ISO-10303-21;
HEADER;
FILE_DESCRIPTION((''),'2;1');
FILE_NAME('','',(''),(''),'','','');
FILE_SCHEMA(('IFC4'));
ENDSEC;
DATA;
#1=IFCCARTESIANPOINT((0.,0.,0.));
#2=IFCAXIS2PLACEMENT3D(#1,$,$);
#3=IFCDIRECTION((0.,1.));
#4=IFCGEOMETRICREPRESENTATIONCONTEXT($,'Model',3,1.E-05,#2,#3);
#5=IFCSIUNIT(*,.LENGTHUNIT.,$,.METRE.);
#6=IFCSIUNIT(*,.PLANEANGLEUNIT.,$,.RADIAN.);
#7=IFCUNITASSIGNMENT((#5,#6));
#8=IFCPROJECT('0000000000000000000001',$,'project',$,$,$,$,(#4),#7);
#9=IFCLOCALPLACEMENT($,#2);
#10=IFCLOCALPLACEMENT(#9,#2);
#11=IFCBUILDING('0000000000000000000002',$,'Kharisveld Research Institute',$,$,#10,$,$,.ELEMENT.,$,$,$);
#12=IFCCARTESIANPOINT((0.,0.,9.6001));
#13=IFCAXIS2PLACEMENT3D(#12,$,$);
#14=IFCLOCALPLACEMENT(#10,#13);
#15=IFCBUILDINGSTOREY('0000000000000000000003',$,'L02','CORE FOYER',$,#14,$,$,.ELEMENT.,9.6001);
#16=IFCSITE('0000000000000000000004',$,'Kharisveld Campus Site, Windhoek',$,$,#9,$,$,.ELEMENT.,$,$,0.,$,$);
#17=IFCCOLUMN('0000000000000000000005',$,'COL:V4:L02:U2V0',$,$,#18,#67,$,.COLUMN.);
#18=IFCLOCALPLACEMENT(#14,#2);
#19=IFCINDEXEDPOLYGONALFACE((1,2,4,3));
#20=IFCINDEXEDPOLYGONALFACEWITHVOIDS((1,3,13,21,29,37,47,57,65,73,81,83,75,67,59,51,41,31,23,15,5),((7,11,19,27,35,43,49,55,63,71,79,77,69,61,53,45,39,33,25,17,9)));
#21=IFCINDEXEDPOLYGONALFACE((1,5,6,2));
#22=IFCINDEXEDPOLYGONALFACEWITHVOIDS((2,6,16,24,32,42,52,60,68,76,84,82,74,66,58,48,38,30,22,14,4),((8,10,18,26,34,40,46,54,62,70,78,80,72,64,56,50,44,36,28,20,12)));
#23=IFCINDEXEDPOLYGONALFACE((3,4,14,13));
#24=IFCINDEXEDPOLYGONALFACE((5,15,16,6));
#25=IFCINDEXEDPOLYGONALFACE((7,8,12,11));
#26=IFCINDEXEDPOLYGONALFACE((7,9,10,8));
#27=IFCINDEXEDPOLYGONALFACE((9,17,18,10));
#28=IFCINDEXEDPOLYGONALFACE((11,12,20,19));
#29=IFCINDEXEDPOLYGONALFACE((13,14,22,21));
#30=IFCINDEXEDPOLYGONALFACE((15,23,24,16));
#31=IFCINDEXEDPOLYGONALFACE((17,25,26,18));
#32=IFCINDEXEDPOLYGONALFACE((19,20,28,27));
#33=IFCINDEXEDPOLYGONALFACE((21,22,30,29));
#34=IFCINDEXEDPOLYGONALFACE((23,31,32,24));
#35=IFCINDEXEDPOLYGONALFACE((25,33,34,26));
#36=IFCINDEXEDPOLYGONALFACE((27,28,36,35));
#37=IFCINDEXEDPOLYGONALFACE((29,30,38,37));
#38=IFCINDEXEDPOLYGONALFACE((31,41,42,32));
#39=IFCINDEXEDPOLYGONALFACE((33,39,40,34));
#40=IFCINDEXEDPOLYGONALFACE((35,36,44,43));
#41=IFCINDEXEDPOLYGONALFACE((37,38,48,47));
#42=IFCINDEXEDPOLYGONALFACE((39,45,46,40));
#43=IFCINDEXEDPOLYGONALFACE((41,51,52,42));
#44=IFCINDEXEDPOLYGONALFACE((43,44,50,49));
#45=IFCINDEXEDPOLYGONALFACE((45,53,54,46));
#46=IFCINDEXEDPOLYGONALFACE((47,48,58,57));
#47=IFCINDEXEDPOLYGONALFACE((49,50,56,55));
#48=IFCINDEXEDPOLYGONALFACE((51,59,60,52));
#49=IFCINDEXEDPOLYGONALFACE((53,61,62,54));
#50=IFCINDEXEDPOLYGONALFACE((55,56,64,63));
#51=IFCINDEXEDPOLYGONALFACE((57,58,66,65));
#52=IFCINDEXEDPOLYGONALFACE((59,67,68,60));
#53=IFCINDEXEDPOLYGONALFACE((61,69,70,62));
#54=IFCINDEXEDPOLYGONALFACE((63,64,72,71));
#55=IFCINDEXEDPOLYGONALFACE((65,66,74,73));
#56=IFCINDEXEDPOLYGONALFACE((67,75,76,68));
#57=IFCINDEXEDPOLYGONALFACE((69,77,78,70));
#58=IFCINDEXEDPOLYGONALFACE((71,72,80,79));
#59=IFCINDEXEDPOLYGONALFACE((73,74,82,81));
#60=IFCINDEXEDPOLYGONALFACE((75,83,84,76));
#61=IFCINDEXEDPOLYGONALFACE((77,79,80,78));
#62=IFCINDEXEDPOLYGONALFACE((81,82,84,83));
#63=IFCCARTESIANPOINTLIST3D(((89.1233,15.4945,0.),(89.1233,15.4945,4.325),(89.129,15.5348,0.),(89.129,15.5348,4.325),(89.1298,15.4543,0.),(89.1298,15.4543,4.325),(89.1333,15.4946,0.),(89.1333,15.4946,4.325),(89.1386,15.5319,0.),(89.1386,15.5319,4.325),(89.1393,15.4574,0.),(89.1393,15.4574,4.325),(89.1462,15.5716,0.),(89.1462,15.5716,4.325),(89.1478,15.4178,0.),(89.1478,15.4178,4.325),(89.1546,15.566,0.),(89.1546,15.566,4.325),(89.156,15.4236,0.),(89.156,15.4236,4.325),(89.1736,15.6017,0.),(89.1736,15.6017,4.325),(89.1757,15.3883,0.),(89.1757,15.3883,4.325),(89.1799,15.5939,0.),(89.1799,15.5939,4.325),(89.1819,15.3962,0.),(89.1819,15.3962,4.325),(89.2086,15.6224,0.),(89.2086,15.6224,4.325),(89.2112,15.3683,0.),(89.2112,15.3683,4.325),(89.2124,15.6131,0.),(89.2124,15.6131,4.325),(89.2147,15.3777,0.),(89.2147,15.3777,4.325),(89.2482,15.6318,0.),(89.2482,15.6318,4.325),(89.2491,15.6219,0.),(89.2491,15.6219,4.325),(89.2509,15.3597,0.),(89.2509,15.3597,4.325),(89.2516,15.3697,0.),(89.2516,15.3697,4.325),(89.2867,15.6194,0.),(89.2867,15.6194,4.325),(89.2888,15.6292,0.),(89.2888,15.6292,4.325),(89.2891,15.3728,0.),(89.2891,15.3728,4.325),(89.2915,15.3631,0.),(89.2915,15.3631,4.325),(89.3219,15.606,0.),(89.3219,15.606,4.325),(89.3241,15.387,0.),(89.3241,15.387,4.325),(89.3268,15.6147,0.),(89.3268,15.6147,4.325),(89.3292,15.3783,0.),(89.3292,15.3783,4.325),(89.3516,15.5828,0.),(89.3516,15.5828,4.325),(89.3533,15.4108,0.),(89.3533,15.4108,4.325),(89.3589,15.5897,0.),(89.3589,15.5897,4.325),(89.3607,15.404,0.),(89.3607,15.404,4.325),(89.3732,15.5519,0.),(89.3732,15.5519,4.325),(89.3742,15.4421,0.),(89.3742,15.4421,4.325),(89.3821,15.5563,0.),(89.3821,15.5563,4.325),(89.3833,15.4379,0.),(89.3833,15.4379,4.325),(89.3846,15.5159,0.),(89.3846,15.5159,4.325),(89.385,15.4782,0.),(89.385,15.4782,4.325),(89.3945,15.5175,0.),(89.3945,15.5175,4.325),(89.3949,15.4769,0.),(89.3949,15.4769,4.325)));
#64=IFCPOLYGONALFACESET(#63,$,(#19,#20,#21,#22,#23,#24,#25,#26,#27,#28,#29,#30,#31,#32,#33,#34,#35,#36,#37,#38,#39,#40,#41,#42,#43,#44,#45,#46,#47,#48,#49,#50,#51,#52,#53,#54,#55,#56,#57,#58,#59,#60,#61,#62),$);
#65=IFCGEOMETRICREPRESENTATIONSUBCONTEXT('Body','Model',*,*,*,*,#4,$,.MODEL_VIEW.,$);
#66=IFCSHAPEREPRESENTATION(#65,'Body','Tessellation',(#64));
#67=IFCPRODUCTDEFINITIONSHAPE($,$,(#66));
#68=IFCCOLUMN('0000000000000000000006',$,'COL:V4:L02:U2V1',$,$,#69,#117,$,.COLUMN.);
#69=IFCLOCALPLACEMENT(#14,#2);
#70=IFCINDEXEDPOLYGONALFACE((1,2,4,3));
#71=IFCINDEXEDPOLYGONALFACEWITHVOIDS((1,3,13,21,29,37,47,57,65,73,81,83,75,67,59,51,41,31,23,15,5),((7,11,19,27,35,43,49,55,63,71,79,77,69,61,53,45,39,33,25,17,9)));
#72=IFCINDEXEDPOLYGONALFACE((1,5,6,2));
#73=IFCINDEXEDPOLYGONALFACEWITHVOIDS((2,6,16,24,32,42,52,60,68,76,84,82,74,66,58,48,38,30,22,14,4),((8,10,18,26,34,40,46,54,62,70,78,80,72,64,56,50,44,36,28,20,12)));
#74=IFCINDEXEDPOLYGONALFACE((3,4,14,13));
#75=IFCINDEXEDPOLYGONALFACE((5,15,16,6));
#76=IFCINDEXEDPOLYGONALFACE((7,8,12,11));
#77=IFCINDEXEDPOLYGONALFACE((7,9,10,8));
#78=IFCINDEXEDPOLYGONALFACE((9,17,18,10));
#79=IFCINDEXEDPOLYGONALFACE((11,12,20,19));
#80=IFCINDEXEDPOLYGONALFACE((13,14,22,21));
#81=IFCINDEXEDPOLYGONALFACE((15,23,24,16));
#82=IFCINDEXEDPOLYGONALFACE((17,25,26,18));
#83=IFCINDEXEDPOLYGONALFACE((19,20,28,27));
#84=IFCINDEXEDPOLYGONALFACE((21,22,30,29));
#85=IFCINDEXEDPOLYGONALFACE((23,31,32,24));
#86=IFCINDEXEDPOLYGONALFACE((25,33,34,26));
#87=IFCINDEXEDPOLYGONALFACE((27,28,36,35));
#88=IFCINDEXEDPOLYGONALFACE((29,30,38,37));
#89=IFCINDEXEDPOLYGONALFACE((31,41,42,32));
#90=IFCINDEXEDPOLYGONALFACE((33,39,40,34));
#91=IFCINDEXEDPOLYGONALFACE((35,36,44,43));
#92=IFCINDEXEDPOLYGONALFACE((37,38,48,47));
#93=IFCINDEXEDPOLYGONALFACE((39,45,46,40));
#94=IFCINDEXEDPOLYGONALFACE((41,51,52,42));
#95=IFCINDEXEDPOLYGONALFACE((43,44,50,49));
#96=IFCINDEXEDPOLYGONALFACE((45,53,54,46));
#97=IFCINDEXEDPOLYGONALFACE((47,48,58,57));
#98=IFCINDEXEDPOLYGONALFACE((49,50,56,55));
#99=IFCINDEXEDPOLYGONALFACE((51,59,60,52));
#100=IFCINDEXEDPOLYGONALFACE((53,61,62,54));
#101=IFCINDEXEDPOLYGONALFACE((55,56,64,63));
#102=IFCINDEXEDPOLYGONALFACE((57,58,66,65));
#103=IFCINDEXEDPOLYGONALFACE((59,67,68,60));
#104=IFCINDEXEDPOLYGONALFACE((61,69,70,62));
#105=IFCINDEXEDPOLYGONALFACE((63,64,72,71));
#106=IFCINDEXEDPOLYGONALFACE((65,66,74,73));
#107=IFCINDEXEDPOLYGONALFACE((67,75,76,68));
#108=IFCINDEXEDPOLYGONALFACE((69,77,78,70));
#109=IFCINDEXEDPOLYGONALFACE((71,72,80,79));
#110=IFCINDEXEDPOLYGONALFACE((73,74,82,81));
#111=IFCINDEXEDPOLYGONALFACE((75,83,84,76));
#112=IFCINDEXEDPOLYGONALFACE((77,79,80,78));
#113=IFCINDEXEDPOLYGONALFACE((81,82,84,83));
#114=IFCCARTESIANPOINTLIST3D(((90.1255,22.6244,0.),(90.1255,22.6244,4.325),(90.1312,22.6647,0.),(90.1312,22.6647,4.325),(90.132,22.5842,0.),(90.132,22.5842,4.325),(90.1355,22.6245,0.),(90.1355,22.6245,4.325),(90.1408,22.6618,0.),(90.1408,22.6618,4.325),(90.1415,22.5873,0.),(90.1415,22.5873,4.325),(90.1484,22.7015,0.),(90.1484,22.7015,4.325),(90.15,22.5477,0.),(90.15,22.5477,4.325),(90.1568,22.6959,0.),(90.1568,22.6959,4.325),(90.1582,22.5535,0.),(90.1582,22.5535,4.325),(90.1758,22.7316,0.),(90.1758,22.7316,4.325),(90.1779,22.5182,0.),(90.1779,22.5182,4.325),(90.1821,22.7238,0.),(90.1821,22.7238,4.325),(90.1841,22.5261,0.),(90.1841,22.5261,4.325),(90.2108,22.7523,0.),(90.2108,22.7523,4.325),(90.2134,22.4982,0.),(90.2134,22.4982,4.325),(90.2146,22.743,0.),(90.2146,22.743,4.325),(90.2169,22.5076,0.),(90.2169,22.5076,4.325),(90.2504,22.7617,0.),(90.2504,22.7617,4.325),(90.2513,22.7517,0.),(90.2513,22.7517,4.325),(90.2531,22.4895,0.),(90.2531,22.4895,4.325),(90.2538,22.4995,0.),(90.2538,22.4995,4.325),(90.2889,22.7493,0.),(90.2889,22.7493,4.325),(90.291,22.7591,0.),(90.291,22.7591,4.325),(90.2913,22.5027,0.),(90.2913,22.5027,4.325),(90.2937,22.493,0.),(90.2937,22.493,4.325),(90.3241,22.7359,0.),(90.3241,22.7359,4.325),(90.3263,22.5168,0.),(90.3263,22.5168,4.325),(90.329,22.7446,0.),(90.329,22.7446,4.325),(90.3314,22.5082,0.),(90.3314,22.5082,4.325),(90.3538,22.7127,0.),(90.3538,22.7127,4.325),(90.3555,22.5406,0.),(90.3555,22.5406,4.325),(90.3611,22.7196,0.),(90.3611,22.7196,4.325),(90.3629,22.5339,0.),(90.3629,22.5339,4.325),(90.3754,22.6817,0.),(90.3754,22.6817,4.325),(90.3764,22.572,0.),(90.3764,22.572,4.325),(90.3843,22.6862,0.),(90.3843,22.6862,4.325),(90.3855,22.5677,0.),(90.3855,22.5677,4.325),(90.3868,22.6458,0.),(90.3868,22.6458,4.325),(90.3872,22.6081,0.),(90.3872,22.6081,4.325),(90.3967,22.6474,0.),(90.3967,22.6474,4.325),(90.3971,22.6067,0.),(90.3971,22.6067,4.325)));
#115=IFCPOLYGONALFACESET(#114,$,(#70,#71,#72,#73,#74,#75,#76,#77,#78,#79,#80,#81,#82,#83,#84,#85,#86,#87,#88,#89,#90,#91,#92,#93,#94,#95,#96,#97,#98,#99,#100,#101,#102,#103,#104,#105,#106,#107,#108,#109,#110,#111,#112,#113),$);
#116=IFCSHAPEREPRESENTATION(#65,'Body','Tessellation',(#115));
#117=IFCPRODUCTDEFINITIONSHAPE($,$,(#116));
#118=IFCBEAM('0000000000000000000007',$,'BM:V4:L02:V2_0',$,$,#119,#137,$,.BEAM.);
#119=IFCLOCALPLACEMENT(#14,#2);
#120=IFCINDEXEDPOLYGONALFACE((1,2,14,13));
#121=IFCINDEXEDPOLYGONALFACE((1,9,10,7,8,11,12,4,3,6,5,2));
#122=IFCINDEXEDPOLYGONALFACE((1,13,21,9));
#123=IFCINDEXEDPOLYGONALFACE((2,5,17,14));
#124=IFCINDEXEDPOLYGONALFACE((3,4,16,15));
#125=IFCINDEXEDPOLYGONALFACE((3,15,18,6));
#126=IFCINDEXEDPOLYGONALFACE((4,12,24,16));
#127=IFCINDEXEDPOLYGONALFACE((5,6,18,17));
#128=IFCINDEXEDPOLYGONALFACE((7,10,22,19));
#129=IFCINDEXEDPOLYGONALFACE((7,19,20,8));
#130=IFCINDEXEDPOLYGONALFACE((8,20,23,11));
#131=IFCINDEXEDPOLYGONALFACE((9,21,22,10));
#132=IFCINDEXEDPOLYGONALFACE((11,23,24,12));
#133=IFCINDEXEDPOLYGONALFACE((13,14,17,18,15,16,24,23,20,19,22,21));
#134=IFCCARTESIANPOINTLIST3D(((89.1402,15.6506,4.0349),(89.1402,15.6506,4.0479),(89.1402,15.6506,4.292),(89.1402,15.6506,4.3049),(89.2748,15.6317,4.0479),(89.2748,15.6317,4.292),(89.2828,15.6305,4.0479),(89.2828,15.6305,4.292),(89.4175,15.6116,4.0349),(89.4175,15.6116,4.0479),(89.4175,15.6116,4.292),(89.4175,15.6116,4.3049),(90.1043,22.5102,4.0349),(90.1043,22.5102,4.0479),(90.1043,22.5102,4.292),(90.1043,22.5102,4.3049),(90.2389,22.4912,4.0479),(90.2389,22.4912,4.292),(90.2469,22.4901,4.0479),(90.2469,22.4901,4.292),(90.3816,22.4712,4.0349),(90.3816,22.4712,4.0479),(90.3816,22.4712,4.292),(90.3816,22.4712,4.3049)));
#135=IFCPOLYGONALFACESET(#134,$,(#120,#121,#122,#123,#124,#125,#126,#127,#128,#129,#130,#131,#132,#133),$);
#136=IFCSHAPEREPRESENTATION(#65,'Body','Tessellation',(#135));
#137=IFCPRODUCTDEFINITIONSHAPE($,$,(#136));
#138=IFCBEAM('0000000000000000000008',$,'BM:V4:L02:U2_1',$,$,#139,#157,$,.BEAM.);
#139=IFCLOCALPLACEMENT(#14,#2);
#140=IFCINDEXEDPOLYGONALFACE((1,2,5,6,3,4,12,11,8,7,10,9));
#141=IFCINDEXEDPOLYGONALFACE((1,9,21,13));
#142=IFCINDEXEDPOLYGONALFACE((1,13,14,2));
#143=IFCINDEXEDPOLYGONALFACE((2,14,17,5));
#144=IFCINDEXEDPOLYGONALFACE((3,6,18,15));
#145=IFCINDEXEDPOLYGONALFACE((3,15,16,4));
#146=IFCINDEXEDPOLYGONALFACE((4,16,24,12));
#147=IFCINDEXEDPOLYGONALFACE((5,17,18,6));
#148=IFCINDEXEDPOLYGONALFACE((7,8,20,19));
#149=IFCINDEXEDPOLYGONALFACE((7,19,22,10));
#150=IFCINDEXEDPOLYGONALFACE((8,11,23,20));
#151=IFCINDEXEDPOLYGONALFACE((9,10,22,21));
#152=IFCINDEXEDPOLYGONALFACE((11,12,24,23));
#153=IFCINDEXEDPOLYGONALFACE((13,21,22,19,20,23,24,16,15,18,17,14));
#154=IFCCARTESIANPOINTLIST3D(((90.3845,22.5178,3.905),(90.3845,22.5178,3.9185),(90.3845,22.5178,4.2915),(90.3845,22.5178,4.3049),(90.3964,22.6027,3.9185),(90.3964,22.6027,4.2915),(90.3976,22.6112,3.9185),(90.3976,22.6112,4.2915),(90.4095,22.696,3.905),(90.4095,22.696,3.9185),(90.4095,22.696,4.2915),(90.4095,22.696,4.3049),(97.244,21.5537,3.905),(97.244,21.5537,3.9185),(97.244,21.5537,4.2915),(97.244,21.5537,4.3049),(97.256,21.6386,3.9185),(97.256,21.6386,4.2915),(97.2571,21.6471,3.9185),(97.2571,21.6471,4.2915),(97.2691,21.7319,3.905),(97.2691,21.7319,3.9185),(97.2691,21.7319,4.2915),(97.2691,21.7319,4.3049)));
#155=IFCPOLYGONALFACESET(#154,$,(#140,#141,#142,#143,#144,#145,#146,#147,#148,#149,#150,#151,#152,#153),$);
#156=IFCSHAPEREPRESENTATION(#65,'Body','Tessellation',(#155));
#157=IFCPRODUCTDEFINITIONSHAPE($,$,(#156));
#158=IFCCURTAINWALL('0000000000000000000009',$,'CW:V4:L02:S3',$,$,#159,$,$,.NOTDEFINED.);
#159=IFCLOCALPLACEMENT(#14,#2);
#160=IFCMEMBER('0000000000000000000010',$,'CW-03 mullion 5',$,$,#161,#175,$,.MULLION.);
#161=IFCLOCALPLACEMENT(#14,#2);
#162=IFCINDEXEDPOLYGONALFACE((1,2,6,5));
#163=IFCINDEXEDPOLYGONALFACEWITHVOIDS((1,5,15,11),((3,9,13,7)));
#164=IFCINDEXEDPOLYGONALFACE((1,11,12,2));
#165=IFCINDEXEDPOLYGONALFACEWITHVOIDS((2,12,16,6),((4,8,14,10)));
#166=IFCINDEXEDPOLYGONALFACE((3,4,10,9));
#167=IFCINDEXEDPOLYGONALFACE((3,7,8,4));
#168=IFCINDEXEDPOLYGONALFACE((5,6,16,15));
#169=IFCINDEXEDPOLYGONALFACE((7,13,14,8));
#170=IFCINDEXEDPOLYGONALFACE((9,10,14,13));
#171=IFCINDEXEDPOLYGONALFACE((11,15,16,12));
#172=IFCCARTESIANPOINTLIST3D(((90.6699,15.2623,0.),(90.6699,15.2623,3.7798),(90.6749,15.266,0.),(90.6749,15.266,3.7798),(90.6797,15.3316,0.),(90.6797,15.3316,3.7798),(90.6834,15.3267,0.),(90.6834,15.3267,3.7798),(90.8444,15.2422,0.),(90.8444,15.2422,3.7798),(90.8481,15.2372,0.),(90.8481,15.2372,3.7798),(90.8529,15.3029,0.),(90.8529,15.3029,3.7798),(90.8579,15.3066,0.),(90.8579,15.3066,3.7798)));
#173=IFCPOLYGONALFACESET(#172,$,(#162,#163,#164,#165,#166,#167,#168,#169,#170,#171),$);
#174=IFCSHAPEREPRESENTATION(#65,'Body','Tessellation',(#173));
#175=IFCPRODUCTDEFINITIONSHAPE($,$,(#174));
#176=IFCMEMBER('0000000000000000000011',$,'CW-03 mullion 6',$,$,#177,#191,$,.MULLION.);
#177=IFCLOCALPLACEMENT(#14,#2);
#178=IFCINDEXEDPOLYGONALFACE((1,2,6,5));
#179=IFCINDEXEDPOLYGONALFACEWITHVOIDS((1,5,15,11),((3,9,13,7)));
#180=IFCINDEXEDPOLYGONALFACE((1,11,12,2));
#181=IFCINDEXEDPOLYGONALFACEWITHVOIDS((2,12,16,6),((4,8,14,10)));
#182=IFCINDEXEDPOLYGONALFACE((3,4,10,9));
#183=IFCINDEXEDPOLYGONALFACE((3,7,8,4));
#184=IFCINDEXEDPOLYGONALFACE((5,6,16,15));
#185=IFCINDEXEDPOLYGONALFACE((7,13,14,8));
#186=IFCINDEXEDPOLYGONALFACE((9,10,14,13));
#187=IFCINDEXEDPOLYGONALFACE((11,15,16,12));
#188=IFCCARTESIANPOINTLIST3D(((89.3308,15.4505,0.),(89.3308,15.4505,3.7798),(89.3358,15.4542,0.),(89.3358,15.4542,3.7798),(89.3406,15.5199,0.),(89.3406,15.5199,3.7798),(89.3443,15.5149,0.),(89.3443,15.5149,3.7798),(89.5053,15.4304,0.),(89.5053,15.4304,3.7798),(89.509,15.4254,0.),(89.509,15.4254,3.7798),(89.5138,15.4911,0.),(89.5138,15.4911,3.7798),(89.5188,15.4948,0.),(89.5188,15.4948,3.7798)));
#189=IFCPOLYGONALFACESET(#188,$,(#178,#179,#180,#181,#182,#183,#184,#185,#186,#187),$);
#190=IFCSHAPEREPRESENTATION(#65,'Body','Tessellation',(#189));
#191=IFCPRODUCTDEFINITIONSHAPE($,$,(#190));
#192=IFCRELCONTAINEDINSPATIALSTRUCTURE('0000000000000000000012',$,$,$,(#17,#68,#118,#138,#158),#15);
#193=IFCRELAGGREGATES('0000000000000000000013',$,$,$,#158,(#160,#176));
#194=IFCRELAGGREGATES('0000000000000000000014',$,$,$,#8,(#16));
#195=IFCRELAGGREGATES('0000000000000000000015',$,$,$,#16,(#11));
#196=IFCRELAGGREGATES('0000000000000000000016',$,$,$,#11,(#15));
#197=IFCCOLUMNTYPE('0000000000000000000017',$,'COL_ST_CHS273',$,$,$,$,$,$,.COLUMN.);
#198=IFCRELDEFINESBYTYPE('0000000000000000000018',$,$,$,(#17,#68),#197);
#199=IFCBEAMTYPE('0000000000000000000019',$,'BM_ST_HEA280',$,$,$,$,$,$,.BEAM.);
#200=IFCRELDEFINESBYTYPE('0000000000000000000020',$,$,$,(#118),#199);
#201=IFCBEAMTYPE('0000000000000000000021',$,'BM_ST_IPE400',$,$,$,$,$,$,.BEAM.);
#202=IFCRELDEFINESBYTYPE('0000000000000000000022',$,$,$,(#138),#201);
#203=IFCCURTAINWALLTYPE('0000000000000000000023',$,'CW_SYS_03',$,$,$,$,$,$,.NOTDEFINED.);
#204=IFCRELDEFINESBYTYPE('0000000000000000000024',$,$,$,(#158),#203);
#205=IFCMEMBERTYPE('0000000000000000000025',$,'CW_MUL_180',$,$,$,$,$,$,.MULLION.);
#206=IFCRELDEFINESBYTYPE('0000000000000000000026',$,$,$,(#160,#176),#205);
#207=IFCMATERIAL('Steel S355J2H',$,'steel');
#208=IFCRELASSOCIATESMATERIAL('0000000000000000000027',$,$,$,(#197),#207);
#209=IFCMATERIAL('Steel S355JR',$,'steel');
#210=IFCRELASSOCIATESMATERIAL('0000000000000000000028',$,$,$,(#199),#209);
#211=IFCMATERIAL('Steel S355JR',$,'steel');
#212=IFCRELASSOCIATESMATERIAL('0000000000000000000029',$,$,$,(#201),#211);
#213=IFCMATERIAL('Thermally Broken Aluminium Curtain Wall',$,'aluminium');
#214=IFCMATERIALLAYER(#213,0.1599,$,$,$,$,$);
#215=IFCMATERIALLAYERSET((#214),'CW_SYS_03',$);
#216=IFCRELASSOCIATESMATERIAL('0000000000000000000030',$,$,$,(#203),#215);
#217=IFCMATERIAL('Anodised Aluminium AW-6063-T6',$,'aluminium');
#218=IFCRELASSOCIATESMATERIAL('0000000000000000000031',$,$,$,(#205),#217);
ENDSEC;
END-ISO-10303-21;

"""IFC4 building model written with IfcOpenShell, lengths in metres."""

from ifc_helpers import new_model, si_unit, direction, frame, origin, origin_2d, place, context, subcontext, project, spatial, hollow_rectangle, hollow_circle, i_section, extrude, material, layer, layer_set, material_profile, profile_set, type_object, element, aggregate, save


model = new_model("IFC4")

# Units and contexts
model_context = context("Model", 3, precision=1e-05, world=origin(), true_north=direction((0.0, 1.0)))
body_context = subcontext(model_context, "Body", "Model", "MODEL_VIEW")
ifc_project = project(units=[si_unit("LENGTHUNIT", "METRE"), si_unit("PLANEANGLEUNIT", "RADIAN")], contexts=[model_context])

# Site, building, storey
site_placement = place(None, origin())
site = spatial("IfcSite", under=ifc_project, at=site_placement, Name="Kharisveld Campus Site, Windhoek", CompositionType="ELEMENT", RefElevation=0.0)
building_placement = place(site_placement, origin())
building = spatial("IfcBuilding", under=site, at=building_placement, Name="Kharisveld Research Institute", CompositionType="ELEMENT")
storey_placement = place(building_placement, frame((0.0, 0.0, 9.6001)))
storey = spatial("IfcBuildingStorey", under=building, at=storey_placement, Name="L02", Description="CORE FOYER", CompositionType="ELEMENT", Elevation=9.6001)

# Columns
ifc_material_1 = material(Name="Steel S355J2H", Category="steel")
ifc_material_profile_1 = material_profile(ifc_material_1, hollow_circle(Radius=0.1365, WallThickness=0.01, at=origin_2d()))
ifc_profile_set_1 = profile_set([ifc_material_profile_1], Name="Steel S355J2H")
column_type = type_object("IfcColumnType", Name="COL_ST_CHS273", PredefinedType="COLUMN", material=ifc_profile_set_1)
for number, where, z_axis, x_axis, name in (
    (1, (89.2598, 15.4958, 0.0), (0.0, 0.0, 1.0), (0.990268, -0.139173, 0.0), "COL:V4:L02:U2V0"),
    (2, (90.262, 22.6257, 0.0), (0.0, 0.0, 1.0), (0.990268, -0.139173, 0.0), "COL:V4:L02:U2V1"),
):
    element("IfcColumn", number, at=place(storey_placement, frame(where, z_axis=z_axis, x_axis=x_axis)), inside=storey, type_object=column_type, Name=name, PredefinedType="COLUMN", context=body_context, shape_type="SweptSolid", body=[
        extrude(hollow_circle(Radius=0.1365, WallThickness=0.01, at=origin_2d()), origin(), (0.0, 0.0, 1.0), 4.325),
    ])

# Beams
ifc_material_2 = material(Name="Steel S355JR", Category="steel")
ifc_material_profile_2 = material_profile(ifc_material_2, i_section(OverallWidth=0.28, OverallDepth=0.27, WebThickness=0.0081, FlangeThickness=0.0129, at=origin_2d()))
ifc_profile_set_2 = profile_set([ifc_material_profile_2], Name="Steel S355JR")
beam_type_1 = type_object("IfcBeamType", Name="BM_ST_HEA280", PredefinedType="BEAM", material=ifc_profile_set_2)
beam_1_placement = place(storey_placement, frame((89.2788, 15.6311, 4.1699), z_axis=(0.139181, 0.990267, 0.0), x_axis=(-0.990267, 0.139181, 0.0)))
element("IfcBeam", 3, at=beam_1_placement, inside=storey, type_object=beam_type_1, Name="BM:V4:L02:V2_0", PredefinedType="BEAM", context=body_context, shape_type="SweptSolid", body=[
    extrude(i_section(OverallWidth=0.28, OverallDepth=0.27, WebThickness=0.0081, FlangeThickness=0.0129, at=origin_2d()), origin(), (0.0, 0.0, 1.0), 6.927),
])
ifc_material_3 = material(Name="Steel S355JR", Category="steel")
ifc_material_profile_3 = material_profile(ifc_material_3, i_section(OverallWidth=0.1799, OverallDepth=0.3999, WebThickness=0.0085, FlangeThickness=0.0134, at=origin_2d()))
ifc_profile_set_3 = profile_set([ifc_material_profile_3], Name="Steel S355JR")
beam_type_2 = type_object("IfcBeamType", Name="BM_ST_IPE400", PredefinedType="BEAM", material=ifc_profile_set_3)
beam_2_placement = place(storey_placement, frame((90.397, 22.6069, 4.105), z_axis=(0.990267, -0.139181, 0.0), x_axis=(0.139181, 0.990267, 0.0)))
element("IfcBeam", 4, at=beam_2_placement, inside=storey, type_object=beam_type_2, Name="BM:V4:L02:U2_1", PredefinedType="BEAM", context=body_context, shape_type="SweptSolid", body=[
    extrude(i_section(OverallWidth=0.1799, OverallDepth=0.3999, WebThickness=0.0085, FlangeThickness=0.0134, at=origin_2d()), origin(), (0.0, 0.0, 1.0), 6.927),
])

# Curtain wall, members
ifc_material_4 = material(Name="Thermally Broken Aluminium Curtain Wall", Category="aluminium")
ifc_layer_1 = layer(ifc_material_4, 0.1599)
ifc_layer_set_1 = layer_set([ifc_layer_1], Name="CW_SYS_03")
curtain_wall_type_1 = type_object("IfcCurtainWallType", Name="CW_SYS_03", PredefinedType="NOTDEFINED", material=ifc_layer_set_1)
curtain_wall_1_placement = place(storey_placement, origin())
curtain_wall_1 = element("IfcCurtainWall", 5, at=curtain_wall_1_placement, inside=storey, type_object=curtain_wall_type_1, Name="CW:V4:L02:S3", PredefinedType="NOTDEFINED")
ifc_material_5 = material(Name="Anodised Aluminium AW-6063-T6", Category="aluminium")
ifc_material_profile_4 = material_profile(ifc_material_5, hollow_rectangle(XDim=0.0701, YDim=0.1799, WallThickness=0.0044, at=origin_2d()))
ifc_profile_set_4 = profile_set([ifc_material_profile_4], Name="Anodised Aluminium AW-6063-T6")
member_type_1 = type_object("IfcMemberType", Name="CW_MUL_180", PredefinedType="MULLION", material=ifc_profile_set_4)
member_1_placement = place(storey_placement, frame((90.7639, 15.2844, 0.0), z_axis=(0.0, 0.0, 1.0), x_axis=(-0.139173, -0.990268, 0.0)))
member_1 = element("IfcMember", 6, at=member_1_placement, type_object=member_type_1, Name="CW-03 mullion 5", PredefinedType="MULLION", context=body_context, shape_type="SweptSolid", body=[
    extrude(hollow_rectangle(XDim=0.0701, YDim=0.1799, WallThickness=0.0044, at=origin_2d()), origin(), (0.0, 0.0, 1.0), 3.7798),
])
member_2_placement = place(storey_placement, frame((89.4248, 15.4727, 0.0), z_axis=(0.0, 0.0, 1.0), x_axis=(-0.139173, -0.990268, 0.0)))
member_2 = element("IfcMember", 7, at=member_2_placement, type_object=member_type_1, Name="CW-03 mullion 6", PredefinedType="MULLION", context=body_context, shape_type="SweptSolid", body=[
    extrude(hollow_rectangle(XDim=0.0701, YDim=0.1799, WallThickness=0.0044, at=origin_2d()), origin(), (0.0, 0.0, 1.0), 3.7798),
])

aggregate(curtain_wall_1, [member_1, member_2])

save(model, "model.ifc")
